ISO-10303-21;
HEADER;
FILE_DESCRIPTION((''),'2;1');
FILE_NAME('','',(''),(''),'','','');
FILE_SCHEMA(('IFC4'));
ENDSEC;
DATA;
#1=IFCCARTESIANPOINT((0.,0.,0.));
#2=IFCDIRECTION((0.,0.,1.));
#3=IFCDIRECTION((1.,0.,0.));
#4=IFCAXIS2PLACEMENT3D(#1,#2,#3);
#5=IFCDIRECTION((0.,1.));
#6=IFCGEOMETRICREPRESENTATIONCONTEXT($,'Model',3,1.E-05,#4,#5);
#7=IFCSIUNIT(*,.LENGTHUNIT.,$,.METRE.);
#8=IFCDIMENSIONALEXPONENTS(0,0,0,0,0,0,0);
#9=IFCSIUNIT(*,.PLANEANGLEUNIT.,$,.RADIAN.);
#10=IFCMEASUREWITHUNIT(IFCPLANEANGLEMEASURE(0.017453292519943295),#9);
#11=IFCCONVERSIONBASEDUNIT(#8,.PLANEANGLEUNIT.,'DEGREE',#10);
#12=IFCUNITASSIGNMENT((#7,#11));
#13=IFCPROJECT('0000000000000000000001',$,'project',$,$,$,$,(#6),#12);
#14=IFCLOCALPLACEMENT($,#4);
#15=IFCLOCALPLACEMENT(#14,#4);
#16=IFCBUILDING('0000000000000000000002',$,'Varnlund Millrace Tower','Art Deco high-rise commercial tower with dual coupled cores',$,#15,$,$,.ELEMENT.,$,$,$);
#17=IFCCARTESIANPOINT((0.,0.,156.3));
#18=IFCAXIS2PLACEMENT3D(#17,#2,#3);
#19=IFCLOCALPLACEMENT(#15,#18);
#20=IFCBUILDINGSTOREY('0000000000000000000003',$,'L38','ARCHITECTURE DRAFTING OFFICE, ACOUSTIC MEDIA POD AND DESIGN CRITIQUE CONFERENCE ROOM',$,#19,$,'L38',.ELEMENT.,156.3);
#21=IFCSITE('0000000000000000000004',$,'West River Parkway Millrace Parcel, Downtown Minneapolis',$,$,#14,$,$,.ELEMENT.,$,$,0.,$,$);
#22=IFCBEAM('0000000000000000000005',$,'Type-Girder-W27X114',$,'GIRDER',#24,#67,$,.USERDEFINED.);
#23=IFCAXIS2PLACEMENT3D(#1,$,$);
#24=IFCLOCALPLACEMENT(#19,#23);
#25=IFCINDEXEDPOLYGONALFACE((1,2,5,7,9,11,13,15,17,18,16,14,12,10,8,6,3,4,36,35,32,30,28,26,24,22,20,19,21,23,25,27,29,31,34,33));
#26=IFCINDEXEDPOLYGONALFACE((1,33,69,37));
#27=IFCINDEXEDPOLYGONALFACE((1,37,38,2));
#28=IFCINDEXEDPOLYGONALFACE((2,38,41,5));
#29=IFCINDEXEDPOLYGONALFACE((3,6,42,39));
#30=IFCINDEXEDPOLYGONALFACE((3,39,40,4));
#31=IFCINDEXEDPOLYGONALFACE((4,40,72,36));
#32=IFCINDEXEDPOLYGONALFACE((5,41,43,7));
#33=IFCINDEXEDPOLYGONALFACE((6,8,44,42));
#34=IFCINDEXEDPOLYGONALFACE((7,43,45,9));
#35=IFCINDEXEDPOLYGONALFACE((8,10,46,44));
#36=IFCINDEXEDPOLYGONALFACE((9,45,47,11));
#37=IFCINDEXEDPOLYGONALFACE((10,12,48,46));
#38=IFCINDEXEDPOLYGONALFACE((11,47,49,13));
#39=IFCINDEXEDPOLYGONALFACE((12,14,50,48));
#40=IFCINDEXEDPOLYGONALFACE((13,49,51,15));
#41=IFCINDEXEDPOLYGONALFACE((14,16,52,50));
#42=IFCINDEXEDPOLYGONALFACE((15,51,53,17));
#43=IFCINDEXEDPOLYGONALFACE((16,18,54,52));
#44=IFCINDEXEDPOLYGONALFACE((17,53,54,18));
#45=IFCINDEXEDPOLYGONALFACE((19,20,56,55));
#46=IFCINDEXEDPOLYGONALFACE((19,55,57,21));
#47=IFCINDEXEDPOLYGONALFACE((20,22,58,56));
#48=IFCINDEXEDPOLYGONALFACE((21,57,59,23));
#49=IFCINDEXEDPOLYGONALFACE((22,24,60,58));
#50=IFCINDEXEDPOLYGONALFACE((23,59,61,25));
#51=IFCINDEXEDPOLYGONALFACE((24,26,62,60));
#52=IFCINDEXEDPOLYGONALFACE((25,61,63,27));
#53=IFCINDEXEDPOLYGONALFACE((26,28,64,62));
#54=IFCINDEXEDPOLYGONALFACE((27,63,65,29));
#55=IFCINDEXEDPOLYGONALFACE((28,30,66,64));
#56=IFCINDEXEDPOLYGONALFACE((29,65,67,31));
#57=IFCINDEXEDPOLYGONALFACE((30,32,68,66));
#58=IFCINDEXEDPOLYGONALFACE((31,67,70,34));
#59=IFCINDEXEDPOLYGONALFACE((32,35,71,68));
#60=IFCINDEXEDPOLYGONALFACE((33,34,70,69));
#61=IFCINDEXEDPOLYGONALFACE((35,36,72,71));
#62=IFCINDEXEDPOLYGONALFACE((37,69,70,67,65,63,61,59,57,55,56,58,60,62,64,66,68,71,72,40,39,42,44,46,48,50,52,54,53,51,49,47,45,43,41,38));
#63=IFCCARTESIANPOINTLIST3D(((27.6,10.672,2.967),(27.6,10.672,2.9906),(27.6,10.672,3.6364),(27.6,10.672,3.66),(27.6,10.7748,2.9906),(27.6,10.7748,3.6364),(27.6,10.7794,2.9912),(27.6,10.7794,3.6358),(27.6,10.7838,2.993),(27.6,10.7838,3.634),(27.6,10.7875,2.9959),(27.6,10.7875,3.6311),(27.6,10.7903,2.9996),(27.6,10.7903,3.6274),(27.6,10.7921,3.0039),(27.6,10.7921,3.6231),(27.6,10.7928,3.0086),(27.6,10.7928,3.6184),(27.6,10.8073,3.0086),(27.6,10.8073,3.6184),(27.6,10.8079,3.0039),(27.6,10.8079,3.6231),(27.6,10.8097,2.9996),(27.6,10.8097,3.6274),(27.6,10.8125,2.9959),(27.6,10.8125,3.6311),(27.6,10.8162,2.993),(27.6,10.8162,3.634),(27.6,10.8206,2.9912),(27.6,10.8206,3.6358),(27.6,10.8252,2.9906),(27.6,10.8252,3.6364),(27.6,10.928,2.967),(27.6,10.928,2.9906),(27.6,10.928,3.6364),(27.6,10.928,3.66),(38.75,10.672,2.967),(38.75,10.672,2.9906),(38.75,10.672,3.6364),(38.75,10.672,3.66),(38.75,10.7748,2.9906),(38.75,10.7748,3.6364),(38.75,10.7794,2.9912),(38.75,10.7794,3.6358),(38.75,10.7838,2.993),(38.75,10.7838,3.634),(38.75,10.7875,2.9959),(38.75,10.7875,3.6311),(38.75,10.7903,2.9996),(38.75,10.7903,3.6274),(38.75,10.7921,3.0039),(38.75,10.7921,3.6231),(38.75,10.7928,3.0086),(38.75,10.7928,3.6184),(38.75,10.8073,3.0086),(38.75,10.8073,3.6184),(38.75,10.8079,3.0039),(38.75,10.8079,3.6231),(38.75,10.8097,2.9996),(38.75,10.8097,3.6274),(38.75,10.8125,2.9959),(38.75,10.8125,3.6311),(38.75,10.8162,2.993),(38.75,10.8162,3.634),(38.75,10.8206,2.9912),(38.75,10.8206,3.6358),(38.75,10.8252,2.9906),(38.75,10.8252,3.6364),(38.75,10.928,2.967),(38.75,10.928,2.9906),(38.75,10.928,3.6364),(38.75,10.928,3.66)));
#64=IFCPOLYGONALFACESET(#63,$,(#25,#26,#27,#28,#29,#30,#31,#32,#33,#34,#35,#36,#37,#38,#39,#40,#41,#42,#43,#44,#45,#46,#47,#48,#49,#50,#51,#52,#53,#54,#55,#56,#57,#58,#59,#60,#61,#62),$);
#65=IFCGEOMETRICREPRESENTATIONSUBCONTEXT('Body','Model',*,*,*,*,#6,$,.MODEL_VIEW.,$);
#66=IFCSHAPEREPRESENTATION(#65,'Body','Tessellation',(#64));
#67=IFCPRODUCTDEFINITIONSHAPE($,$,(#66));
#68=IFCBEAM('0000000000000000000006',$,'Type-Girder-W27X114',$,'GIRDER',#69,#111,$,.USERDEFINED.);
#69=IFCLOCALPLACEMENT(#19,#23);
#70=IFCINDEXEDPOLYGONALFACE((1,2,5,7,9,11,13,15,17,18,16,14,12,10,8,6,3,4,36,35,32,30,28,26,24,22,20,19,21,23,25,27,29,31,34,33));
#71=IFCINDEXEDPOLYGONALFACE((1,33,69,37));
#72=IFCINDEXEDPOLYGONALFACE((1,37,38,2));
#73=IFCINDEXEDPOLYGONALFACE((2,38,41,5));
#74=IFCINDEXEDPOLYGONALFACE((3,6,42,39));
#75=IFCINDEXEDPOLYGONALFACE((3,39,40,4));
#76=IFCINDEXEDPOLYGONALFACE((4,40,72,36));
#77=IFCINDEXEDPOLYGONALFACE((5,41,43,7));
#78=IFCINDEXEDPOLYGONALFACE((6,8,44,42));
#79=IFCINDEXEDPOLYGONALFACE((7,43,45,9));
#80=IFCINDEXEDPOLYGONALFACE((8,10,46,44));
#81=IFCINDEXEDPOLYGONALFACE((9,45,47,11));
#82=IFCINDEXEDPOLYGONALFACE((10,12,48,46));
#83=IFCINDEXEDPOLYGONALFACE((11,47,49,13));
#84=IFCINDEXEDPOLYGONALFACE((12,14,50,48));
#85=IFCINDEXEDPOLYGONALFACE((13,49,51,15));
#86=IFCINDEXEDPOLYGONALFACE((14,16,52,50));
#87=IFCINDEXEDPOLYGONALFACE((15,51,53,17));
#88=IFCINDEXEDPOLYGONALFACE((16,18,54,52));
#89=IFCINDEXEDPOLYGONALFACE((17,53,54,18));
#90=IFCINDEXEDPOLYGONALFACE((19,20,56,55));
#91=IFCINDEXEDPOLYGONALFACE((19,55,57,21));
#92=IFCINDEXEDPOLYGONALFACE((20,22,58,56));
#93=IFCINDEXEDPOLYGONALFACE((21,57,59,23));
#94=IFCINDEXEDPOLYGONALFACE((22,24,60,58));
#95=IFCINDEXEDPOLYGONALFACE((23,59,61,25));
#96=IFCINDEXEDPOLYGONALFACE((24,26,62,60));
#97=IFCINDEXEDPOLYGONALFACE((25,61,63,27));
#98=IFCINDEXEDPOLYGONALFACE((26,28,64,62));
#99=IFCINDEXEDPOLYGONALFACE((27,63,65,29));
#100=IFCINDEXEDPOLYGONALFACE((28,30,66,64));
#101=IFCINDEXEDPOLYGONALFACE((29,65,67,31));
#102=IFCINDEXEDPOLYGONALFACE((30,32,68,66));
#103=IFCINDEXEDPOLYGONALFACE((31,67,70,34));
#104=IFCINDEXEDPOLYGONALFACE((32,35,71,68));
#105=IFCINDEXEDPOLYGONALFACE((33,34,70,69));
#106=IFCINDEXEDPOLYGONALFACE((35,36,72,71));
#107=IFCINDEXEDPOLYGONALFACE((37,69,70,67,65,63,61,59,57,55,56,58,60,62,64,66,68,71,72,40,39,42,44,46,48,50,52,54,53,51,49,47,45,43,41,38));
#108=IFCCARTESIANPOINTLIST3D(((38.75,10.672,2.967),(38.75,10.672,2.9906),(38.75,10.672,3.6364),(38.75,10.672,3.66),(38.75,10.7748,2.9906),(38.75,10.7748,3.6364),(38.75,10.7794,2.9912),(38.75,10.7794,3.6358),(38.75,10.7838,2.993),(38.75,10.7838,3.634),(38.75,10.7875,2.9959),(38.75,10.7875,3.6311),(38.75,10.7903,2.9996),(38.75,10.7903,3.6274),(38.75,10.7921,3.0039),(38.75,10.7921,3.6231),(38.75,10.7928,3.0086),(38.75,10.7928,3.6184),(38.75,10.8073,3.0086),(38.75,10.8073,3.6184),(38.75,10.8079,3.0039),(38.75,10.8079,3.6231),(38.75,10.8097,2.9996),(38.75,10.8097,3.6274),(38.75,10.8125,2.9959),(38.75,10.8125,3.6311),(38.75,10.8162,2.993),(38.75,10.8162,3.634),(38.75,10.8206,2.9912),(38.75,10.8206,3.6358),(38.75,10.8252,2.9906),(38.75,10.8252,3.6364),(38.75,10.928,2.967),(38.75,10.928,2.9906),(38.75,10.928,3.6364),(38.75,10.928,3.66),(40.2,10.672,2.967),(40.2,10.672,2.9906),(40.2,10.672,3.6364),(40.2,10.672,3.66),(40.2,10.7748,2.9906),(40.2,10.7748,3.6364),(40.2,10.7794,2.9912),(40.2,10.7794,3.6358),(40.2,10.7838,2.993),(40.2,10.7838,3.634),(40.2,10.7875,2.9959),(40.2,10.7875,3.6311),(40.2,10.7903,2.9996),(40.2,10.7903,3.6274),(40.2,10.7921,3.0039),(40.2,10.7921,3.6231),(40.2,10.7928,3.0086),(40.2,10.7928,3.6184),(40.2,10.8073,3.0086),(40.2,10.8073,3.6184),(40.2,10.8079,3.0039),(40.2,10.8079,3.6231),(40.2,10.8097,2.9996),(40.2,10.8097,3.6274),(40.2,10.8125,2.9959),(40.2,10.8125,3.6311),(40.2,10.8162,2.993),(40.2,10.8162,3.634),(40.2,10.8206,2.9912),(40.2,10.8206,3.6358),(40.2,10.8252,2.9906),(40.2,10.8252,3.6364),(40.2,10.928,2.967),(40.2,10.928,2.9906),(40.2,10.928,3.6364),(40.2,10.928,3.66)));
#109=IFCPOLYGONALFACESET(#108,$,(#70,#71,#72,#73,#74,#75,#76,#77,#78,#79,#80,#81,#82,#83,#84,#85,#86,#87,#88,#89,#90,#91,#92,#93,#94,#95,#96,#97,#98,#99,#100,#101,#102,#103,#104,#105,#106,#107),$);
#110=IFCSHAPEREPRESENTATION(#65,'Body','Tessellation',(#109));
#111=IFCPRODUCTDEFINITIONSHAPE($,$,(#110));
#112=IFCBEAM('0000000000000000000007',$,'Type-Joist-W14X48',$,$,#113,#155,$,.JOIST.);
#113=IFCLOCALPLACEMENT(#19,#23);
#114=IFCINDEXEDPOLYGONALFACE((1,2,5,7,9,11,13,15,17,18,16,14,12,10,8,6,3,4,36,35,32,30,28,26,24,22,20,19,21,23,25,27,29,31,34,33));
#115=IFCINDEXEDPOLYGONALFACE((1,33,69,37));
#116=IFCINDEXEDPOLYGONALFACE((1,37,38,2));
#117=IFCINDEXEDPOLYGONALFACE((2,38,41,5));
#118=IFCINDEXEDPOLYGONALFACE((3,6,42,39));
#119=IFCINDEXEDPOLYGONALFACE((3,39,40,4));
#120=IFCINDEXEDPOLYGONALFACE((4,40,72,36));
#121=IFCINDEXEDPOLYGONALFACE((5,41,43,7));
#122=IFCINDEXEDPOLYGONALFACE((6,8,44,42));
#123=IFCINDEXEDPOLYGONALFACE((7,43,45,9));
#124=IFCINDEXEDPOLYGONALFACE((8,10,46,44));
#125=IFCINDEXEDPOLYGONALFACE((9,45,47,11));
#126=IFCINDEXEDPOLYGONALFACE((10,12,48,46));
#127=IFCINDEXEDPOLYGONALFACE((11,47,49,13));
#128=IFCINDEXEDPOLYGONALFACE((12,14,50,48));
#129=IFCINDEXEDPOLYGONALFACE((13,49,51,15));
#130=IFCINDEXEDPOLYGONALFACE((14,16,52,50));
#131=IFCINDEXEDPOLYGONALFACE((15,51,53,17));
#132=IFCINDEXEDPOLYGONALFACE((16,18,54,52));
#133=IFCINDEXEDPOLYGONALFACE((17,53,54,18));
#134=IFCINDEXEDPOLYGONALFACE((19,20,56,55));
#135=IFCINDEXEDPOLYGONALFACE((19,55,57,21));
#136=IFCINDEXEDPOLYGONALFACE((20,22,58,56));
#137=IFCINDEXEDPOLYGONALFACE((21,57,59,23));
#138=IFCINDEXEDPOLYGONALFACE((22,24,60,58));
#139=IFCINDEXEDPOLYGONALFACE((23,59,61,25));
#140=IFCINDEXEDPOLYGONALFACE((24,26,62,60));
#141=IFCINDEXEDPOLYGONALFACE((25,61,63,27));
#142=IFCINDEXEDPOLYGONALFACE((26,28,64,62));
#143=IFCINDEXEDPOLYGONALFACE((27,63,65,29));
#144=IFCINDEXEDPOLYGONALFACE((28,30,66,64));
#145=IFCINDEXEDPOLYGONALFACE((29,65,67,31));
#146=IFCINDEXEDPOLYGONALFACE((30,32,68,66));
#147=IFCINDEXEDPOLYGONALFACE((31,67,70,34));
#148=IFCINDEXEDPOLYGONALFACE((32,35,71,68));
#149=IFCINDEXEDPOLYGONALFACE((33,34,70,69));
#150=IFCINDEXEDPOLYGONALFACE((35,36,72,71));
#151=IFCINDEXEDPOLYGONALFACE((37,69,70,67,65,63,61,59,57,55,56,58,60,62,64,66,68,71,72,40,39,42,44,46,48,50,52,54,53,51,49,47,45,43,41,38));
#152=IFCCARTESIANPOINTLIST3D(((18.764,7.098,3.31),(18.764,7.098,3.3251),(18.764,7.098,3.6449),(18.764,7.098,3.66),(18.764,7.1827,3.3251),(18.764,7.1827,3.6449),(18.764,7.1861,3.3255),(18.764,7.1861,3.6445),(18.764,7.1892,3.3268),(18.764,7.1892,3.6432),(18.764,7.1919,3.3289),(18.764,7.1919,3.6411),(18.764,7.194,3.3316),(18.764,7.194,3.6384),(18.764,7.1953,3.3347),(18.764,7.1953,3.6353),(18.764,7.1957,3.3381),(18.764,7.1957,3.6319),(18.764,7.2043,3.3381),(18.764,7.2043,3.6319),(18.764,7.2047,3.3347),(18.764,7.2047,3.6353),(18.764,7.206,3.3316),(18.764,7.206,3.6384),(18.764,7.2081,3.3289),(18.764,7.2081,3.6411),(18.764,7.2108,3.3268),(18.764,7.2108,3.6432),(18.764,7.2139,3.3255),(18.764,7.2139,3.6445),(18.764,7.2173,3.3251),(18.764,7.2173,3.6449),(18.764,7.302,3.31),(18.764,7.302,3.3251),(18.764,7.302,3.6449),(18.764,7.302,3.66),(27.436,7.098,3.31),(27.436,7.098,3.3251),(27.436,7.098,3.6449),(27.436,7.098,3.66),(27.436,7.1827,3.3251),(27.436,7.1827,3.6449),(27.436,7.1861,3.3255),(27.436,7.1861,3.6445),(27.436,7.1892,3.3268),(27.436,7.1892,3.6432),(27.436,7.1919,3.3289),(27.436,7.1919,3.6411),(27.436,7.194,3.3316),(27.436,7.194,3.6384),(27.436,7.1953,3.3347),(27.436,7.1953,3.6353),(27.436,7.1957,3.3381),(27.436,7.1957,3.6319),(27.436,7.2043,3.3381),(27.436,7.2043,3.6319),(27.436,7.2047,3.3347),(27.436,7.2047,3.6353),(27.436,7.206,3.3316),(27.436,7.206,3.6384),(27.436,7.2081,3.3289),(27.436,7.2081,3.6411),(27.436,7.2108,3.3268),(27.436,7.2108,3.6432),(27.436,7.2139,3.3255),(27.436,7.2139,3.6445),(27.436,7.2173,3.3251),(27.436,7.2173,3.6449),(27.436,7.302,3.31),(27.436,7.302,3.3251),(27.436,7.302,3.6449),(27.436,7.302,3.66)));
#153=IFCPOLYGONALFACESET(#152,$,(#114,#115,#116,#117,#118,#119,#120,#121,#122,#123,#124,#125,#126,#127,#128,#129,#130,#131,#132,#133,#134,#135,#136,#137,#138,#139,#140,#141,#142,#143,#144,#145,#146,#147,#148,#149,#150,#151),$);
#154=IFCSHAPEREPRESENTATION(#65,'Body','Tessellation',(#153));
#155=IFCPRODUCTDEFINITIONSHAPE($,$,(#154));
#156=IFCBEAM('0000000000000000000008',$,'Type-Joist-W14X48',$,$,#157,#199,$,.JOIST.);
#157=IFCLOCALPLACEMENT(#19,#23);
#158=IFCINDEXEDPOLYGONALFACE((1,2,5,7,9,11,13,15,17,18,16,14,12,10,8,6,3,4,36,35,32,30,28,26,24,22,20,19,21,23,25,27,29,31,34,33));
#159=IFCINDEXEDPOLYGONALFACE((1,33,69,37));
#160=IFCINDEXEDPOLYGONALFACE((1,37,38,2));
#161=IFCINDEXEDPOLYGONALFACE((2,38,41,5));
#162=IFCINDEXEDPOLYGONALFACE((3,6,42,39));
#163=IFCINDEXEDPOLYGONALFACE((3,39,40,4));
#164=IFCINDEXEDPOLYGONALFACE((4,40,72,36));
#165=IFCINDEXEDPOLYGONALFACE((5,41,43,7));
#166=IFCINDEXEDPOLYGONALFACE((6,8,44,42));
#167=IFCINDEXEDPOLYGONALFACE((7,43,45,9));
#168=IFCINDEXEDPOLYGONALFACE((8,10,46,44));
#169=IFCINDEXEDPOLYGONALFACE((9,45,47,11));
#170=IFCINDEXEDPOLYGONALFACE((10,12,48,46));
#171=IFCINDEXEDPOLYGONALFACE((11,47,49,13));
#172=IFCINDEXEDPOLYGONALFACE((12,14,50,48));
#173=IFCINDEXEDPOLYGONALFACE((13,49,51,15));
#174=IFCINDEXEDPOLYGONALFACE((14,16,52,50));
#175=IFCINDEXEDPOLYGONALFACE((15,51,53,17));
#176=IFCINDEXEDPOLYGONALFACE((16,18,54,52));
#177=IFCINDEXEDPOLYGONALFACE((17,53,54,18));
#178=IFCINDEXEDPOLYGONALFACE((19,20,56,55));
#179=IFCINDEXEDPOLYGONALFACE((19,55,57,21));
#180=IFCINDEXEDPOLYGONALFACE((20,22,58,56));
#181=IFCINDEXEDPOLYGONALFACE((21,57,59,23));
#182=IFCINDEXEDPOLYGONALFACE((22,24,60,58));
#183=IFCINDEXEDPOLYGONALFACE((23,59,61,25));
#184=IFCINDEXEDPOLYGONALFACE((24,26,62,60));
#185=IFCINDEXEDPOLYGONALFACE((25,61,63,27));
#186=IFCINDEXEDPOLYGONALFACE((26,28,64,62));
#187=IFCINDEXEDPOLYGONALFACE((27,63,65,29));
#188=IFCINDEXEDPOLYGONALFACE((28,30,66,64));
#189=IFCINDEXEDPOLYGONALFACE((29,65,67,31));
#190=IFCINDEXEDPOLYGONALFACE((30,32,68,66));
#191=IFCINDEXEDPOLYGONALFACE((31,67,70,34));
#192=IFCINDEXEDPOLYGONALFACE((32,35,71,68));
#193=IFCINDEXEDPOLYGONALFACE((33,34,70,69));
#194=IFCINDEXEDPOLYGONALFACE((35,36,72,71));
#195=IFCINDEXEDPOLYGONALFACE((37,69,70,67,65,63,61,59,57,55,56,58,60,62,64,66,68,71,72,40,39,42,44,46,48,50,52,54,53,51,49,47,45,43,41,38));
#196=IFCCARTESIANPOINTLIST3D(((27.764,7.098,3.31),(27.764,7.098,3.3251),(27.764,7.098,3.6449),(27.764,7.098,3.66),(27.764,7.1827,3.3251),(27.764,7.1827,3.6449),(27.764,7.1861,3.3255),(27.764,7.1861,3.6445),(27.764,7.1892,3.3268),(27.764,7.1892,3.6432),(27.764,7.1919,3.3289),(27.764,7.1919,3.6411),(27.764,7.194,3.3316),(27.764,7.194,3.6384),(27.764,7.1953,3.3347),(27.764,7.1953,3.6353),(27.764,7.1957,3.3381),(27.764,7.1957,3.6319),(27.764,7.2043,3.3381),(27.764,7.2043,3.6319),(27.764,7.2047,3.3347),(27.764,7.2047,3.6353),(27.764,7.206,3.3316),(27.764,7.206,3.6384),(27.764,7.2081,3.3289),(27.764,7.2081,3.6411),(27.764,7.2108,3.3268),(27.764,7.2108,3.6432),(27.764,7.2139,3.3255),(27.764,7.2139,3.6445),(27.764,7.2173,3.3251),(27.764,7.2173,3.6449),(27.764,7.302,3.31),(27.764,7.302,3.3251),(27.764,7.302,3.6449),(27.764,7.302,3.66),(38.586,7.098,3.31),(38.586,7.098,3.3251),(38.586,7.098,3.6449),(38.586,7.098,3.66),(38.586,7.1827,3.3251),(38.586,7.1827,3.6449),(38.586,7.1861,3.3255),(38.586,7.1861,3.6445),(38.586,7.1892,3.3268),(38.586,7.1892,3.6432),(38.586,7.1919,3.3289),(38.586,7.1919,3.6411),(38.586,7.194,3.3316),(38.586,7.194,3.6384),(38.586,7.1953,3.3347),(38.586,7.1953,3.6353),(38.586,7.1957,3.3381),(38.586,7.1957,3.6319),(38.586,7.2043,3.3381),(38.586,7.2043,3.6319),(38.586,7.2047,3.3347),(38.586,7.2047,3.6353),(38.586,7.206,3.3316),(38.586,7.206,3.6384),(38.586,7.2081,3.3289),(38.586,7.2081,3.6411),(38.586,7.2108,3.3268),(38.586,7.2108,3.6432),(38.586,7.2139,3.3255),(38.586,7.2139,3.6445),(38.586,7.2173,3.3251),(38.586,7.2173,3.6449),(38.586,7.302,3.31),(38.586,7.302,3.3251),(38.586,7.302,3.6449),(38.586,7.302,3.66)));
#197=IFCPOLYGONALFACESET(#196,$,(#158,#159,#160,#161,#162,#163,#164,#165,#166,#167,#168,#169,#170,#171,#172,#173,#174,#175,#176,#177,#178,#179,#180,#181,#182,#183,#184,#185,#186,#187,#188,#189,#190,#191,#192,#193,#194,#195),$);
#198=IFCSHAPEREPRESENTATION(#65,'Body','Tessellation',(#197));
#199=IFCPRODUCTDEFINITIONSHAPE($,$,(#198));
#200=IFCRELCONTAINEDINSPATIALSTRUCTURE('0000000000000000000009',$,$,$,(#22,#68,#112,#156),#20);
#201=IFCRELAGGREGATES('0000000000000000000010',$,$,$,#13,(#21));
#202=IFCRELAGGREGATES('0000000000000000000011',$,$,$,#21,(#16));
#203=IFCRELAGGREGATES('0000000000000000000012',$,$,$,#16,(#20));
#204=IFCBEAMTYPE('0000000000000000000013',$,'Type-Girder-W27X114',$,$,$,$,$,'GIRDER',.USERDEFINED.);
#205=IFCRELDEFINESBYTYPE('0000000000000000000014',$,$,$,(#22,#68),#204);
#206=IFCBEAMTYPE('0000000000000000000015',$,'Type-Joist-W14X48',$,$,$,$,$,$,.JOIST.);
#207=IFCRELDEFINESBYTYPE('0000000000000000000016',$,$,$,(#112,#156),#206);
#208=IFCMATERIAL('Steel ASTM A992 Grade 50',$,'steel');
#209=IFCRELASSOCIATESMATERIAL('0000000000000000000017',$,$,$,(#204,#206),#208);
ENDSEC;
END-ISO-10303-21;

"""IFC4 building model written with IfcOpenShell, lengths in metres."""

from ifc_helpers import new_model, entity, si_unit, converted_unit, direction, frame, origin_with_axes, origin_2d_with_axis, place, context, subcontext, project, spatial, i_section, extrude, material, material_profile, profile_set, type_object, element, save


model = new_model("IFC4")

# Units and contexts
model_context = context("Model", 3, precision=1e-05, world=origin_with_axes(), true_north=direction((0.0, 1.0)))
body_context = subcontext(model_context, "Body", "Model", "MODEL_VIEW")
ifc_project = project(units=[si_unit("LENGTHUNIT", "METRE"), converted_unit("PLANEANGLEUNIT", "DEGREE", entity("IfcPlaneAngleMeasure", 0.017453292519943295), si_unit("PLANEANGLEUNIT", "RADIAN"), dimensions=[0, 0, 0, 0, 0, 0, 0])], contexts=[model_context])

# Site, building, storey
site_placement = place(None, origin_with_axes())
site = spatial("IfcSite", under=ifc_project, at=site_placement, Name="West River Parkway Millrace Parcel, Downtown Minneapolis", CompositionType="ELEMENT", RefElevation=0.0)
building_placement = place(site_placement, origin_with_axes())
building = spatial("IfcBuilding", under=site, at=building_placement, Name="Varnlund Millrace Tower", Description="Art Deco high-rise commercial tower with dual coupled cores", CompositionType="ELEMENT")
storey_placement = place(building_placement, frame((0.0, 0.0, 156.3), z_axis=(0.0, 0.0, 1.0), x_axis=(1.0, 0.0, 0.0)))
storey = spatial("IfcBuildingStorey", under=building, at=storey_placement, Name="L38", Description="ARCHITECTURE DRAFTING OFFICE, ACOUSTIC MEDIA POD AND DESIGN CRITIQUE CONFERENCE ROOM", LongName="L38", CompositionType="ELEMENT", Elevation=156.3)

# Beams
ifc_material_1 = material(Name="Steel ASTM A992 Grade 50", Category="steel")
ifc_material_profile_1 = material_profile(ifc_material_1, i_section(OverallWidth=0.256, OverallDepth=0.693, WebThickness=0.0145, FlangeThickness=0.0236, FilletRadius=0.018, at=origin_2d_with_axis()), Name="Steel ASTM A992 Grade 50")
ifc_profile_set_1 = profile_set([ifc_material_profile_1], Name="Steel ASTM A992 Grade 50")
beam_type_1 = type_object("IfcBeamType", Name="Type-Girder-W27X114", ElementType="GIRDER", PredefinedType="USERDEFINED", material=ifc_profile_set_1)
beam_1_placement = place(storey_placement, frame((27.6, 10.8, 3.3135), z_axis=(1.0, 0.0, 0.0), x_axis=(0.0, 1.0, 0.0)))
element("IfcBeam", 1, at=beam_1_placement, inside=storey, type_object=beam_type_1, Name="Type-Girder-W27X114", ObjectType="GIRDER", PredefinedType="USERDEFINED", context=body_context, shape_type="SweptSolid", body=[
    extrude(i_section(OverallWidth=0.256, OverallDepth=0.693, WebThickness=0.0145, FlangeThickness=0.0236, FilletRadius=0.018, at=origin_2d_with_axis()), origin_with_axes(), (0.0, 0.0, 1.0), 11.15),
])
beam_2_placement = place(storey_placement, frame((38.75, 10.8, 3.3135), z_axis=(1.0, 0.0, 0.0), x_axis=(0.0, 1.0, 0.0)))
element("IfcBeam", 2, at=beam_2_placement, inside=storey, type_object=beam_type_1, Name="Type-Girder-W27X114", ObjectType="GIRDER", PredefinedType="USERDEFINED", context=body_context, shape_type="SweptSolid", body=[
    extrude(i_section(OverallWidth=0.256, OverallDepth=0.693, WebThickness=0.0145, FlangeThickness=0.0236, FilletRadius=0.018, at=origin_2d_with_axis()), origin_with_axes(), (0.0, 0.0, 1.0), 1.45),
])
ifc_material_profile_2 = material_profile(ifc_material_1, i_section(OverallWidth=0.204, OverallDepth=0.35, WebThickness=0.0086, FlangeThickness=0.0151, FilletRadius=0.013, at=origin_2d_with_axis()), Name="Steel ASTM A992 Grade 50")
ifc_profile_set_2 = profile_set([ifc_material_profile_2], Name="Steel ASTM A992 Grade 50")
beam_type_2 = type_object("IfcBeamType", Name="Type-Joist-W14X48", PredefinedType="JOIST", material=ifc_profile_set_2)
beam_3_placement = place(storey_placement, frame((18.764, 7.2, 3.485), z_axis=(1.0, 0.0, 0.0), x_axis=(0.0, 1.0, 0.0)))
element("IfcBeam", 3, at=beam_3_placement, inside=storey, type_object=beam_type_2, Name="Type-Joist-W14X48", PredefinedType="JOIST", context=body_context, shape_type="SweptSolid", body=[
    extrude(i_section(OverallWidth=0.204, OverallDepth=0.35, WebThickness=0.0086, FlangeThickness=0.0151, FilletRadius=0.013, at=origin_2d_with_axis()), origin_with_axes(), (0.0, 0.0, 1.0), 8.672),
])
beam_4_placement = place(storey_placement, frame((27.764, 7.2, 3.485), z_axis=(1.0, 0.0, 0.0), x_axis=(0.0, 1.0, 0.0)))
element("IfcBeam", 4, at=beam_4_placement, inside=storey, type_object=beam_type_2, Name="Type-Joist-W14X48", PredefinedType="JOIST", context=body_context, shape_type="SweptSolid", body=[
    extrude(i_section(OverallWidth=0.204, OverallDepth=0.35, WebThickness=0.0086, FlangeThickness=0.0151, FilletRadius=0.013, at=origin_2d_with_axis()), origin_with_axes(), (0.0, 0.0, 1.0), 10.822),
])

save(model, "model.ifc")
